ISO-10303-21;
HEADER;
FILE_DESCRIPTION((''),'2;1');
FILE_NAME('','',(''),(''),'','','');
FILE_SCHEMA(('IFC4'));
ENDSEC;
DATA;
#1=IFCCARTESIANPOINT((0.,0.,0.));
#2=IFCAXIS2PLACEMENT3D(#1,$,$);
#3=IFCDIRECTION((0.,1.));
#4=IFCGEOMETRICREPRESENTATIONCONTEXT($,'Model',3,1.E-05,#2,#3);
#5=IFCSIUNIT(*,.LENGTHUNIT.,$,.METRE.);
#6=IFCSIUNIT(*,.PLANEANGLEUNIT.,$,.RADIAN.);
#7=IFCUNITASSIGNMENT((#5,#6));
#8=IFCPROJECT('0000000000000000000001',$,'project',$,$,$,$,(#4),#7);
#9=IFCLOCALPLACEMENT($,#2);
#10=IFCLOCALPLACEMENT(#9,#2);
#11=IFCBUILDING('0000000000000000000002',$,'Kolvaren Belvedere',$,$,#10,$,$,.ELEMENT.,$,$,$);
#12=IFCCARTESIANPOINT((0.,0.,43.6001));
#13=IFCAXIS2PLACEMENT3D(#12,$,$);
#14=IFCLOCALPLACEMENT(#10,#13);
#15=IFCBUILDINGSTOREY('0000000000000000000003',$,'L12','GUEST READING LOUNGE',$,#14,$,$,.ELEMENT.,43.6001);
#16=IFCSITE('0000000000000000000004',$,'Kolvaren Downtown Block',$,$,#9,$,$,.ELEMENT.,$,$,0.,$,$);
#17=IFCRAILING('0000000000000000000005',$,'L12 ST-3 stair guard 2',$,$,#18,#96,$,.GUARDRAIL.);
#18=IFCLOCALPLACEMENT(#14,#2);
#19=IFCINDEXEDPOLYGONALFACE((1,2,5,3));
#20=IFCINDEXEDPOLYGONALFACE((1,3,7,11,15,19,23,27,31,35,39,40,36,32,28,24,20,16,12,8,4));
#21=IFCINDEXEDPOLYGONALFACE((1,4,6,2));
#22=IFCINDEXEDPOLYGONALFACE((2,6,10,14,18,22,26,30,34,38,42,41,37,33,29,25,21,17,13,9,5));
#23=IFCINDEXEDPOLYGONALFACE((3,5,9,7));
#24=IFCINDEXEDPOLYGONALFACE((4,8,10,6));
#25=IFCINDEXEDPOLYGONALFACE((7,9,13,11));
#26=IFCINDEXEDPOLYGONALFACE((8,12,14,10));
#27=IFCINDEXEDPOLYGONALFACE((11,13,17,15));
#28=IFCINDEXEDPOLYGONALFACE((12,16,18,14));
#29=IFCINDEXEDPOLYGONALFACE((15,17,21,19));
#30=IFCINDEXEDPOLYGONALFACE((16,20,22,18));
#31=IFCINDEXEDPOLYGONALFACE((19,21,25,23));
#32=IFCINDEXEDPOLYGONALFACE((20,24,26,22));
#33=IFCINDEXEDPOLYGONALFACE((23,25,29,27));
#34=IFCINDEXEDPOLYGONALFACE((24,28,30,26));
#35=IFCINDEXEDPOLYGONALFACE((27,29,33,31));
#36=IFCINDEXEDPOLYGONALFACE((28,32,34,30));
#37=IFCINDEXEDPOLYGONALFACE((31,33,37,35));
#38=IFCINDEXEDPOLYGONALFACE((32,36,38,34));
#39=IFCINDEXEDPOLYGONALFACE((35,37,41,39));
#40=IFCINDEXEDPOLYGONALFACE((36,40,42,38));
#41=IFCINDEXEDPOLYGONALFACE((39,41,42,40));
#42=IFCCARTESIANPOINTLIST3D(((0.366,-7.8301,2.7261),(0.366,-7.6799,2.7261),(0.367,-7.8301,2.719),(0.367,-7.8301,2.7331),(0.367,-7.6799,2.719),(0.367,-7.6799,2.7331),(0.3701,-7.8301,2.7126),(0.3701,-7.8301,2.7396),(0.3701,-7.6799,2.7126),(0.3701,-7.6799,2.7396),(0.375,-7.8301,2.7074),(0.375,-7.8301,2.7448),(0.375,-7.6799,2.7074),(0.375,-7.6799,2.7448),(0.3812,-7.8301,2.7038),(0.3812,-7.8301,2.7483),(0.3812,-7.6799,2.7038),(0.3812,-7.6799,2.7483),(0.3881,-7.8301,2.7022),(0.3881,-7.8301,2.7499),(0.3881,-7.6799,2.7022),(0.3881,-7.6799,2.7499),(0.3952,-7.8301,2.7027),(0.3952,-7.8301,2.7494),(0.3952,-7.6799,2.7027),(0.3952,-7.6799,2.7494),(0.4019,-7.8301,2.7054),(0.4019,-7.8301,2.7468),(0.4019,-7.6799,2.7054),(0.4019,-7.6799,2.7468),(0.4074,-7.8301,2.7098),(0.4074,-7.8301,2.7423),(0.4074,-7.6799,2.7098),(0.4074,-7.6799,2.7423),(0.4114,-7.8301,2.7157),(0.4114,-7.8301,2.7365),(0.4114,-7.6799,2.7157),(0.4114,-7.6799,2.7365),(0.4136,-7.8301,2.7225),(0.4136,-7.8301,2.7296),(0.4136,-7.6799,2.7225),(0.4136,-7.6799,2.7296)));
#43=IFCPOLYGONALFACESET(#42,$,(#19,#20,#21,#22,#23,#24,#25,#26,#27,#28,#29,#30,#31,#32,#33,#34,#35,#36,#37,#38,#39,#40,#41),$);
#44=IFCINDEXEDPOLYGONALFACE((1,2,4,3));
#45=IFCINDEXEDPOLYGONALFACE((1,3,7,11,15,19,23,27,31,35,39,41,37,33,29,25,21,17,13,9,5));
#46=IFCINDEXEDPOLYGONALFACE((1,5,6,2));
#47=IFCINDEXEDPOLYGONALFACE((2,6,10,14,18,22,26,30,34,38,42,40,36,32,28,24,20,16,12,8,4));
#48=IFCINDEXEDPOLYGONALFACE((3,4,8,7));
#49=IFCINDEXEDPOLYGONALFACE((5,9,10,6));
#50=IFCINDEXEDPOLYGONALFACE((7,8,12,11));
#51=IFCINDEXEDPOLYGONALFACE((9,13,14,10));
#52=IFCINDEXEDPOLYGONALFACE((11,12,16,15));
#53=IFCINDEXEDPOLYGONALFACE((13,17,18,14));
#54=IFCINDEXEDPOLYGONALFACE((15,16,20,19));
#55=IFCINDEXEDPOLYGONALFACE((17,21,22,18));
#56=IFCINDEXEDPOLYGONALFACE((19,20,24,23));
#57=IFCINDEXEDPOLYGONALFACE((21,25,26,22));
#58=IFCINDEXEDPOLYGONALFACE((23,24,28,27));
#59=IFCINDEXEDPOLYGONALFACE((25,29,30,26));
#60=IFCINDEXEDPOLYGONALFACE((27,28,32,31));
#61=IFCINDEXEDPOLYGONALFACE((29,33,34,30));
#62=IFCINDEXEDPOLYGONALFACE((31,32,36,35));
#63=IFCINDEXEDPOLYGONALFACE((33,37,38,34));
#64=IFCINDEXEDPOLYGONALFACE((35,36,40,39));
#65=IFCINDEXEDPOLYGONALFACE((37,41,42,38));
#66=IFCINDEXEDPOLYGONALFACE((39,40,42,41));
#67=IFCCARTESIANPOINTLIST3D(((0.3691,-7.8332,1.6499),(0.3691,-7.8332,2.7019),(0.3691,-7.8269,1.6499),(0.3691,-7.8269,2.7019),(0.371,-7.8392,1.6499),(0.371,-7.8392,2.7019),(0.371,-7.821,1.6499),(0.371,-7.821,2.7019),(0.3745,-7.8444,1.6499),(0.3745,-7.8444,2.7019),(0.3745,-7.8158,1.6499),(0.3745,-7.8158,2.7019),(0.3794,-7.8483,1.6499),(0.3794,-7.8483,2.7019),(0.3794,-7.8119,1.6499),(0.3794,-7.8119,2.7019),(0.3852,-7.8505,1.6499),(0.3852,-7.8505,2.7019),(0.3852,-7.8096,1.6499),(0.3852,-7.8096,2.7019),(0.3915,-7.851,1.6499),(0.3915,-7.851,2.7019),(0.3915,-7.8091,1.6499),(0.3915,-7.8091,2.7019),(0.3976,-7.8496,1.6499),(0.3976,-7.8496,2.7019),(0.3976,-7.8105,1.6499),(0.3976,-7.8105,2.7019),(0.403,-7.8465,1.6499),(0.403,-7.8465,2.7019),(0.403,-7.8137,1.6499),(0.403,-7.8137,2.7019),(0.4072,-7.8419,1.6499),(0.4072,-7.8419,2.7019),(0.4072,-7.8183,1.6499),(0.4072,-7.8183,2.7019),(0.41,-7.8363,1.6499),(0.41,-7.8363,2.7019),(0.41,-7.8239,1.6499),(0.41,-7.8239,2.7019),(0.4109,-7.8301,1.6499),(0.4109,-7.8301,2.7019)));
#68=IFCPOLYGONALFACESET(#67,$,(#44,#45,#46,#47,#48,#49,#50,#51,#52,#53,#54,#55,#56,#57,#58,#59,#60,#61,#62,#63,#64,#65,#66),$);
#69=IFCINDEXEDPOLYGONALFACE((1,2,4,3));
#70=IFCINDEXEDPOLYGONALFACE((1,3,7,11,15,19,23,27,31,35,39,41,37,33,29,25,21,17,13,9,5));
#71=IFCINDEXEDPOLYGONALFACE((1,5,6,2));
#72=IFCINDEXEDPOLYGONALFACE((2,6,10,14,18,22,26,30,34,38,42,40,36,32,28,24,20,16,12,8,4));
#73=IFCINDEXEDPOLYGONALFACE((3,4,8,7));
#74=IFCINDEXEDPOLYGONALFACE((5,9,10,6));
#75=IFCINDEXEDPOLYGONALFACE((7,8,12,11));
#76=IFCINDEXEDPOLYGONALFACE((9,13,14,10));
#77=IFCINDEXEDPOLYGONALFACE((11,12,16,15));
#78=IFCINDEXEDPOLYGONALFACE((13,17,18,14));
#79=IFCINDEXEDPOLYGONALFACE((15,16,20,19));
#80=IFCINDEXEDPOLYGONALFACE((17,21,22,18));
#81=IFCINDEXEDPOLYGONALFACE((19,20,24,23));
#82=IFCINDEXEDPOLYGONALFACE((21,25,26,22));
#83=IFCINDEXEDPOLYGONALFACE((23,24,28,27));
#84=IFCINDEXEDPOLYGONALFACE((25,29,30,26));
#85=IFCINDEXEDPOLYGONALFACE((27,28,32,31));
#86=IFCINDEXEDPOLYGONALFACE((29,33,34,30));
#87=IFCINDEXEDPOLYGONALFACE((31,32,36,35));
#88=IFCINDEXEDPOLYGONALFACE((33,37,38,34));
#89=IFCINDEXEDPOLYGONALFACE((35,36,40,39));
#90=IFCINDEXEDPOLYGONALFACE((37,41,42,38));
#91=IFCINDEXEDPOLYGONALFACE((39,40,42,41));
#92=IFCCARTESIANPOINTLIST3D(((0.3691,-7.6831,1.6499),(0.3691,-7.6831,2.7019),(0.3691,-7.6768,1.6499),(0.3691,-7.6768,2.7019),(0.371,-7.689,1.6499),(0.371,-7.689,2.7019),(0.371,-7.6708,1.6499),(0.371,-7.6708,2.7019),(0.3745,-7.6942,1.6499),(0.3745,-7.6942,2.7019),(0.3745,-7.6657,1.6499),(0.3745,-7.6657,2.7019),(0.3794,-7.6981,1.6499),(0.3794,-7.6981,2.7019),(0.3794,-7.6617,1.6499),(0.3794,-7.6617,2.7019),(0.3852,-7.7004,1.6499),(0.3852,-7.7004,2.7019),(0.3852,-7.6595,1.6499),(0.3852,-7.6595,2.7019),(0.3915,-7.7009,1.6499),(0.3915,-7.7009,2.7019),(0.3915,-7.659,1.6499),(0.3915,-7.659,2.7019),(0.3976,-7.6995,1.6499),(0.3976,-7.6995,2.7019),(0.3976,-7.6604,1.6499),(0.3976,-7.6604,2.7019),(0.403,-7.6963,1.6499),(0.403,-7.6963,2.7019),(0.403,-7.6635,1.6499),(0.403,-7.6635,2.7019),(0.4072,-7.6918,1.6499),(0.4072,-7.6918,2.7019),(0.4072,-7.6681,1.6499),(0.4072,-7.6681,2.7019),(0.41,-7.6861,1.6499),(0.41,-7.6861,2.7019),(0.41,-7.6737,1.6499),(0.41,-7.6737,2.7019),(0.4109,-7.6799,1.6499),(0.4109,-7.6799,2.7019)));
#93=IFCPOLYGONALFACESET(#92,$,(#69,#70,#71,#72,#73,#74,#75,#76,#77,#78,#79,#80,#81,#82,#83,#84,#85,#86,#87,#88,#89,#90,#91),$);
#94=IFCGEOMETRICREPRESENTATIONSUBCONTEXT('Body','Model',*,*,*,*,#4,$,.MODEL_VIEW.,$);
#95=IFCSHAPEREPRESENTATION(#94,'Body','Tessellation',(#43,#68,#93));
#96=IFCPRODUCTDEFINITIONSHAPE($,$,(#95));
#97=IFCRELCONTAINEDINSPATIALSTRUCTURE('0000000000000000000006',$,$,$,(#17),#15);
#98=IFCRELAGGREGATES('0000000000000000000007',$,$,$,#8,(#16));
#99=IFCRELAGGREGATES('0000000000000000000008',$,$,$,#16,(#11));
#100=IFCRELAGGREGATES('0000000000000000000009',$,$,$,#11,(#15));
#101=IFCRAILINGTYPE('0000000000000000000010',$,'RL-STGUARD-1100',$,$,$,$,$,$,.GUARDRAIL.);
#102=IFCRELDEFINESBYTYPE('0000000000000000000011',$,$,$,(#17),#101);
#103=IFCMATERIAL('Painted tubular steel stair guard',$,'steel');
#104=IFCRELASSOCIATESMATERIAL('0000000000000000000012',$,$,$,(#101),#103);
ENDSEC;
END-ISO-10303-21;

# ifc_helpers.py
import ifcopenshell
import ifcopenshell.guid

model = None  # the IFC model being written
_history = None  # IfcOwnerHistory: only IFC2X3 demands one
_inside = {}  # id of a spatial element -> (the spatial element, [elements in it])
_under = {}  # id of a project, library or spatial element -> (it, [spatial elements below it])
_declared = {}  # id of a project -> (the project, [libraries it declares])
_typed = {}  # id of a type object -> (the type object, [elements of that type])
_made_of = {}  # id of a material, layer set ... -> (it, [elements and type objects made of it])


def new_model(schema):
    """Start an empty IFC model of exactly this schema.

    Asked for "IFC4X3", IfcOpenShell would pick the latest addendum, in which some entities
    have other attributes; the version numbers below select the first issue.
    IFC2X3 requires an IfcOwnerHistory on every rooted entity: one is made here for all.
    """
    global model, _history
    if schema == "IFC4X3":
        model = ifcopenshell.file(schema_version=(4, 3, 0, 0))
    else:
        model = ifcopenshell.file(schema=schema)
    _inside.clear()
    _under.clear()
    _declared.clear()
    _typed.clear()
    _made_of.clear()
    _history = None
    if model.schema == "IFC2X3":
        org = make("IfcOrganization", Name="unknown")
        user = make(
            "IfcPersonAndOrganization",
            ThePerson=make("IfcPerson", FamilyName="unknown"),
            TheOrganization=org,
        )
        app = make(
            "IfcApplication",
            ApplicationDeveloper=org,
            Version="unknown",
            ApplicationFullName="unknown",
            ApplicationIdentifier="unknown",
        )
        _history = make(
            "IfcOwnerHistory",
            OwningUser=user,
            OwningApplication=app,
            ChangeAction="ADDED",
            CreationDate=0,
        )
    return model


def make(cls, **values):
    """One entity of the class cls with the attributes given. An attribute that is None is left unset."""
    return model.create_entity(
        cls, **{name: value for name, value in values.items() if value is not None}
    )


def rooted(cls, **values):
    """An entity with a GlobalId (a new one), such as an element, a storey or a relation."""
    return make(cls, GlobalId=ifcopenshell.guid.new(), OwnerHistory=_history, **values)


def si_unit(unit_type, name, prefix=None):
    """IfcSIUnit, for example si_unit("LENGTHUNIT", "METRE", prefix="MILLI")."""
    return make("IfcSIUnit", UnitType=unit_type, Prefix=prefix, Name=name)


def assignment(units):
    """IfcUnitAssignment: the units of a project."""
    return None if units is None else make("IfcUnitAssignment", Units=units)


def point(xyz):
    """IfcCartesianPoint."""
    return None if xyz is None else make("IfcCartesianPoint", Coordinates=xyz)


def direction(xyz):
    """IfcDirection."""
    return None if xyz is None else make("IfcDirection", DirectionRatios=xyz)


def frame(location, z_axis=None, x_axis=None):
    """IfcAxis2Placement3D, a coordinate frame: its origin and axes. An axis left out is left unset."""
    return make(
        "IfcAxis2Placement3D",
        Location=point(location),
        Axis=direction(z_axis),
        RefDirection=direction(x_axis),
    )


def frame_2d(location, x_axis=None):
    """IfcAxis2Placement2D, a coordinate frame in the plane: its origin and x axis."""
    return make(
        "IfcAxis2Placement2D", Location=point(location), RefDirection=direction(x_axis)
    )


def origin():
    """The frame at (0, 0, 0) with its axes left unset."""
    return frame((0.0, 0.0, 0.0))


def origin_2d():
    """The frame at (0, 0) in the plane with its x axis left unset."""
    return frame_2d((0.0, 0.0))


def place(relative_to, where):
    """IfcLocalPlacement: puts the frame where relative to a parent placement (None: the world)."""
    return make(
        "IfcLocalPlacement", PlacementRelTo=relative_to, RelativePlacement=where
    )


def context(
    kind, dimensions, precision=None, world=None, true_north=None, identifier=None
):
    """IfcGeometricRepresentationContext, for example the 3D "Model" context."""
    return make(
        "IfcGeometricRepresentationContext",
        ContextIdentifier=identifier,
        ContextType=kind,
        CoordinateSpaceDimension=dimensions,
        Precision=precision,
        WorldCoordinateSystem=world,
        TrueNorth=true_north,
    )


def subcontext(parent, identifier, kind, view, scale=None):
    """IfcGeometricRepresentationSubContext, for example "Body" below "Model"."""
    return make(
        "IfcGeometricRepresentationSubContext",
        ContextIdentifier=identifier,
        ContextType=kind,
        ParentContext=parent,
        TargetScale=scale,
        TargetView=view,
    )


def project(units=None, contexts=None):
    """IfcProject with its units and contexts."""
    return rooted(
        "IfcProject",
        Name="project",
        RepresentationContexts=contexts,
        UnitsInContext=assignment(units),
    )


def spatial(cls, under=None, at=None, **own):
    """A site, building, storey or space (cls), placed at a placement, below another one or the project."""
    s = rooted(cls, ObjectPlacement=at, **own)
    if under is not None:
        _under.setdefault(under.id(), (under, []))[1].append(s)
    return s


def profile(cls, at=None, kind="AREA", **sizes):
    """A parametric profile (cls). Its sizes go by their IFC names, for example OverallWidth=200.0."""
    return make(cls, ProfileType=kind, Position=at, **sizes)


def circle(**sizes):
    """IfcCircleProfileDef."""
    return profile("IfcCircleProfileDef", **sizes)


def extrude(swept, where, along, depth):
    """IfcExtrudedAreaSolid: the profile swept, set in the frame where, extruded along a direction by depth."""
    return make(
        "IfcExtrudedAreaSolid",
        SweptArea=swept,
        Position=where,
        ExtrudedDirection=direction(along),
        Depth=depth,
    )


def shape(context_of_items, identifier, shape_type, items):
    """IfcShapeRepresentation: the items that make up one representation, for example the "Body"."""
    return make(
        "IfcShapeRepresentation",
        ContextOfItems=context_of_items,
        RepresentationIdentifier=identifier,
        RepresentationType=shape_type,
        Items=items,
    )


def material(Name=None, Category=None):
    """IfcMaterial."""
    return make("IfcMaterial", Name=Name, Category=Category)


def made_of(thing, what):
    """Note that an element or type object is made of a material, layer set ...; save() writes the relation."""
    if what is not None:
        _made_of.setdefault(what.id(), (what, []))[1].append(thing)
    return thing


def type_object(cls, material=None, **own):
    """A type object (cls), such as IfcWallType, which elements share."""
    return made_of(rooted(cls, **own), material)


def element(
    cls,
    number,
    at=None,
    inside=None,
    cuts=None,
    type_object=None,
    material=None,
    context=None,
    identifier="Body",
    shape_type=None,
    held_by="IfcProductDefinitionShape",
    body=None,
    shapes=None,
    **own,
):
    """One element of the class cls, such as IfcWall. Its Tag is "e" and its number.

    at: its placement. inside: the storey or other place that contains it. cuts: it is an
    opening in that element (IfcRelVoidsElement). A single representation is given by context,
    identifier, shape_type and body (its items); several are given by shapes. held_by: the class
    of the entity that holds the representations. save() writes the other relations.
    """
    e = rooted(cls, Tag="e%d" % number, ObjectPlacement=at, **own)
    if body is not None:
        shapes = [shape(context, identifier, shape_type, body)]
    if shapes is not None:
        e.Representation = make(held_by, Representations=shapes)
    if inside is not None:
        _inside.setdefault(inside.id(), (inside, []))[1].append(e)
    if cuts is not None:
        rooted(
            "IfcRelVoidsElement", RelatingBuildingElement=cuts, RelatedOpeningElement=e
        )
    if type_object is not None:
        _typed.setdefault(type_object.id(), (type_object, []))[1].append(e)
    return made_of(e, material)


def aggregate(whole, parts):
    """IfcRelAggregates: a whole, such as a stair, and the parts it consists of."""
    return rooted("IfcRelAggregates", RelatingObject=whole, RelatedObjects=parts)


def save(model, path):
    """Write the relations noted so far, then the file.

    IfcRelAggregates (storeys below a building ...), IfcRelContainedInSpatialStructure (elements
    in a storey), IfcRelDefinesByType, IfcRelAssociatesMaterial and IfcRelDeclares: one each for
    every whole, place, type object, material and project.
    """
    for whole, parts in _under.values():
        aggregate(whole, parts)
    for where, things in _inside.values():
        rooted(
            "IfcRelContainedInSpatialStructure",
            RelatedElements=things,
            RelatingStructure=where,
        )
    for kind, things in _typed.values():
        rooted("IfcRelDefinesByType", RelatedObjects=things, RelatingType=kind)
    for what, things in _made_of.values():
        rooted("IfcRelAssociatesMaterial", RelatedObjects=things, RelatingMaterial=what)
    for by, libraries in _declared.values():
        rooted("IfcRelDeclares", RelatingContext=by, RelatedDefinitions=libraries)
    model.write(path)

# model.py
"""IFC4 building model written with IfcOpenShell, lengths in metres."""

from ifc_helpers import new_model, si_unit, direction, frame, origin, origin_2d, place, context, subcontext, project, spatial, circle, extrude, material, type_object, element, save


model = new_model("IFC4")

# Units and contexts
model_context = context("Model", 3, precision=1e-05, world=origin(), true_north=direction((0.0, 1.0)))
body_context = subcontext(model_context, "Body", "Model", "MODEL_VIEW")
ifc_project = project(units=[si_unit("LENGTHUNIT", "METRE"), si_unit("PLANEANGLEUNIT", "RADIAN")], contexts=[model_context])

# Site, building, storey
site_placement = place(None, origin())
site = spatial("IfcSite", under=ifc_project, at=site_placement, Name="Kolvaren Downtown Block", CompositionType="ELEMENT", RefElevation=0.0)
building_placement = place(site_placement, origin())
building = spatial("IfcBuilding", under=site, at=building_placement, Name="Kolvaren Belvedere", CompositionType="ELEMENT")
storey_placement = place(building_placement, frame((0.0, 0.0, 43.6001)))
storey = spatial("IfcBuildingStorey", under=building, at=storey_placement, Name="L12", Description="GUEST READING LOUNGE", CompositionType="ELEMENT", Elevation=43.6001)

# Railing
ifc_material_1 = material(Name="Painted tubular steel stair guard", Category="steel")
railing_type_1 = type_object("IfcRailingType", Name="RL-STGUARD-1100", PredefinedType="GUARDRAIL", material=ifc_material_1)
railing_1_placement = place(storey_placement, frame((0.3899, -7.8301, 1.6499)))
element("IfcRailing", 1, at=railing_1_placement, inside=storey, type_object=railing_type_1, Name="L12 ST-3 stair guard 2", PredefinedType="GUARDRAIL", context=body_context, shape_type="SweptSolid", body=[
    extrude(circle(Radius=0.0239, at=origin_2d()), frame((0.0, 0.0, 1.0762), z_axis=(0.0, 1.0, 0.0), x_axis=(-1.0, 0.0, 0.0)), (0.0, 0.0, 1.0), 0.1501),
    extrude(circle(Radius=0.021, at=origin_2d()), origin(), (0.0, 0.0, 1.0), 1.052),
    extrude(circle(Radius=0.021, at=origin_2d()), frame((0.0, 0.1501, 0.0)), (0.0, 0.0, 1.0), 1.052),
])

save(model, "model.ifc")
